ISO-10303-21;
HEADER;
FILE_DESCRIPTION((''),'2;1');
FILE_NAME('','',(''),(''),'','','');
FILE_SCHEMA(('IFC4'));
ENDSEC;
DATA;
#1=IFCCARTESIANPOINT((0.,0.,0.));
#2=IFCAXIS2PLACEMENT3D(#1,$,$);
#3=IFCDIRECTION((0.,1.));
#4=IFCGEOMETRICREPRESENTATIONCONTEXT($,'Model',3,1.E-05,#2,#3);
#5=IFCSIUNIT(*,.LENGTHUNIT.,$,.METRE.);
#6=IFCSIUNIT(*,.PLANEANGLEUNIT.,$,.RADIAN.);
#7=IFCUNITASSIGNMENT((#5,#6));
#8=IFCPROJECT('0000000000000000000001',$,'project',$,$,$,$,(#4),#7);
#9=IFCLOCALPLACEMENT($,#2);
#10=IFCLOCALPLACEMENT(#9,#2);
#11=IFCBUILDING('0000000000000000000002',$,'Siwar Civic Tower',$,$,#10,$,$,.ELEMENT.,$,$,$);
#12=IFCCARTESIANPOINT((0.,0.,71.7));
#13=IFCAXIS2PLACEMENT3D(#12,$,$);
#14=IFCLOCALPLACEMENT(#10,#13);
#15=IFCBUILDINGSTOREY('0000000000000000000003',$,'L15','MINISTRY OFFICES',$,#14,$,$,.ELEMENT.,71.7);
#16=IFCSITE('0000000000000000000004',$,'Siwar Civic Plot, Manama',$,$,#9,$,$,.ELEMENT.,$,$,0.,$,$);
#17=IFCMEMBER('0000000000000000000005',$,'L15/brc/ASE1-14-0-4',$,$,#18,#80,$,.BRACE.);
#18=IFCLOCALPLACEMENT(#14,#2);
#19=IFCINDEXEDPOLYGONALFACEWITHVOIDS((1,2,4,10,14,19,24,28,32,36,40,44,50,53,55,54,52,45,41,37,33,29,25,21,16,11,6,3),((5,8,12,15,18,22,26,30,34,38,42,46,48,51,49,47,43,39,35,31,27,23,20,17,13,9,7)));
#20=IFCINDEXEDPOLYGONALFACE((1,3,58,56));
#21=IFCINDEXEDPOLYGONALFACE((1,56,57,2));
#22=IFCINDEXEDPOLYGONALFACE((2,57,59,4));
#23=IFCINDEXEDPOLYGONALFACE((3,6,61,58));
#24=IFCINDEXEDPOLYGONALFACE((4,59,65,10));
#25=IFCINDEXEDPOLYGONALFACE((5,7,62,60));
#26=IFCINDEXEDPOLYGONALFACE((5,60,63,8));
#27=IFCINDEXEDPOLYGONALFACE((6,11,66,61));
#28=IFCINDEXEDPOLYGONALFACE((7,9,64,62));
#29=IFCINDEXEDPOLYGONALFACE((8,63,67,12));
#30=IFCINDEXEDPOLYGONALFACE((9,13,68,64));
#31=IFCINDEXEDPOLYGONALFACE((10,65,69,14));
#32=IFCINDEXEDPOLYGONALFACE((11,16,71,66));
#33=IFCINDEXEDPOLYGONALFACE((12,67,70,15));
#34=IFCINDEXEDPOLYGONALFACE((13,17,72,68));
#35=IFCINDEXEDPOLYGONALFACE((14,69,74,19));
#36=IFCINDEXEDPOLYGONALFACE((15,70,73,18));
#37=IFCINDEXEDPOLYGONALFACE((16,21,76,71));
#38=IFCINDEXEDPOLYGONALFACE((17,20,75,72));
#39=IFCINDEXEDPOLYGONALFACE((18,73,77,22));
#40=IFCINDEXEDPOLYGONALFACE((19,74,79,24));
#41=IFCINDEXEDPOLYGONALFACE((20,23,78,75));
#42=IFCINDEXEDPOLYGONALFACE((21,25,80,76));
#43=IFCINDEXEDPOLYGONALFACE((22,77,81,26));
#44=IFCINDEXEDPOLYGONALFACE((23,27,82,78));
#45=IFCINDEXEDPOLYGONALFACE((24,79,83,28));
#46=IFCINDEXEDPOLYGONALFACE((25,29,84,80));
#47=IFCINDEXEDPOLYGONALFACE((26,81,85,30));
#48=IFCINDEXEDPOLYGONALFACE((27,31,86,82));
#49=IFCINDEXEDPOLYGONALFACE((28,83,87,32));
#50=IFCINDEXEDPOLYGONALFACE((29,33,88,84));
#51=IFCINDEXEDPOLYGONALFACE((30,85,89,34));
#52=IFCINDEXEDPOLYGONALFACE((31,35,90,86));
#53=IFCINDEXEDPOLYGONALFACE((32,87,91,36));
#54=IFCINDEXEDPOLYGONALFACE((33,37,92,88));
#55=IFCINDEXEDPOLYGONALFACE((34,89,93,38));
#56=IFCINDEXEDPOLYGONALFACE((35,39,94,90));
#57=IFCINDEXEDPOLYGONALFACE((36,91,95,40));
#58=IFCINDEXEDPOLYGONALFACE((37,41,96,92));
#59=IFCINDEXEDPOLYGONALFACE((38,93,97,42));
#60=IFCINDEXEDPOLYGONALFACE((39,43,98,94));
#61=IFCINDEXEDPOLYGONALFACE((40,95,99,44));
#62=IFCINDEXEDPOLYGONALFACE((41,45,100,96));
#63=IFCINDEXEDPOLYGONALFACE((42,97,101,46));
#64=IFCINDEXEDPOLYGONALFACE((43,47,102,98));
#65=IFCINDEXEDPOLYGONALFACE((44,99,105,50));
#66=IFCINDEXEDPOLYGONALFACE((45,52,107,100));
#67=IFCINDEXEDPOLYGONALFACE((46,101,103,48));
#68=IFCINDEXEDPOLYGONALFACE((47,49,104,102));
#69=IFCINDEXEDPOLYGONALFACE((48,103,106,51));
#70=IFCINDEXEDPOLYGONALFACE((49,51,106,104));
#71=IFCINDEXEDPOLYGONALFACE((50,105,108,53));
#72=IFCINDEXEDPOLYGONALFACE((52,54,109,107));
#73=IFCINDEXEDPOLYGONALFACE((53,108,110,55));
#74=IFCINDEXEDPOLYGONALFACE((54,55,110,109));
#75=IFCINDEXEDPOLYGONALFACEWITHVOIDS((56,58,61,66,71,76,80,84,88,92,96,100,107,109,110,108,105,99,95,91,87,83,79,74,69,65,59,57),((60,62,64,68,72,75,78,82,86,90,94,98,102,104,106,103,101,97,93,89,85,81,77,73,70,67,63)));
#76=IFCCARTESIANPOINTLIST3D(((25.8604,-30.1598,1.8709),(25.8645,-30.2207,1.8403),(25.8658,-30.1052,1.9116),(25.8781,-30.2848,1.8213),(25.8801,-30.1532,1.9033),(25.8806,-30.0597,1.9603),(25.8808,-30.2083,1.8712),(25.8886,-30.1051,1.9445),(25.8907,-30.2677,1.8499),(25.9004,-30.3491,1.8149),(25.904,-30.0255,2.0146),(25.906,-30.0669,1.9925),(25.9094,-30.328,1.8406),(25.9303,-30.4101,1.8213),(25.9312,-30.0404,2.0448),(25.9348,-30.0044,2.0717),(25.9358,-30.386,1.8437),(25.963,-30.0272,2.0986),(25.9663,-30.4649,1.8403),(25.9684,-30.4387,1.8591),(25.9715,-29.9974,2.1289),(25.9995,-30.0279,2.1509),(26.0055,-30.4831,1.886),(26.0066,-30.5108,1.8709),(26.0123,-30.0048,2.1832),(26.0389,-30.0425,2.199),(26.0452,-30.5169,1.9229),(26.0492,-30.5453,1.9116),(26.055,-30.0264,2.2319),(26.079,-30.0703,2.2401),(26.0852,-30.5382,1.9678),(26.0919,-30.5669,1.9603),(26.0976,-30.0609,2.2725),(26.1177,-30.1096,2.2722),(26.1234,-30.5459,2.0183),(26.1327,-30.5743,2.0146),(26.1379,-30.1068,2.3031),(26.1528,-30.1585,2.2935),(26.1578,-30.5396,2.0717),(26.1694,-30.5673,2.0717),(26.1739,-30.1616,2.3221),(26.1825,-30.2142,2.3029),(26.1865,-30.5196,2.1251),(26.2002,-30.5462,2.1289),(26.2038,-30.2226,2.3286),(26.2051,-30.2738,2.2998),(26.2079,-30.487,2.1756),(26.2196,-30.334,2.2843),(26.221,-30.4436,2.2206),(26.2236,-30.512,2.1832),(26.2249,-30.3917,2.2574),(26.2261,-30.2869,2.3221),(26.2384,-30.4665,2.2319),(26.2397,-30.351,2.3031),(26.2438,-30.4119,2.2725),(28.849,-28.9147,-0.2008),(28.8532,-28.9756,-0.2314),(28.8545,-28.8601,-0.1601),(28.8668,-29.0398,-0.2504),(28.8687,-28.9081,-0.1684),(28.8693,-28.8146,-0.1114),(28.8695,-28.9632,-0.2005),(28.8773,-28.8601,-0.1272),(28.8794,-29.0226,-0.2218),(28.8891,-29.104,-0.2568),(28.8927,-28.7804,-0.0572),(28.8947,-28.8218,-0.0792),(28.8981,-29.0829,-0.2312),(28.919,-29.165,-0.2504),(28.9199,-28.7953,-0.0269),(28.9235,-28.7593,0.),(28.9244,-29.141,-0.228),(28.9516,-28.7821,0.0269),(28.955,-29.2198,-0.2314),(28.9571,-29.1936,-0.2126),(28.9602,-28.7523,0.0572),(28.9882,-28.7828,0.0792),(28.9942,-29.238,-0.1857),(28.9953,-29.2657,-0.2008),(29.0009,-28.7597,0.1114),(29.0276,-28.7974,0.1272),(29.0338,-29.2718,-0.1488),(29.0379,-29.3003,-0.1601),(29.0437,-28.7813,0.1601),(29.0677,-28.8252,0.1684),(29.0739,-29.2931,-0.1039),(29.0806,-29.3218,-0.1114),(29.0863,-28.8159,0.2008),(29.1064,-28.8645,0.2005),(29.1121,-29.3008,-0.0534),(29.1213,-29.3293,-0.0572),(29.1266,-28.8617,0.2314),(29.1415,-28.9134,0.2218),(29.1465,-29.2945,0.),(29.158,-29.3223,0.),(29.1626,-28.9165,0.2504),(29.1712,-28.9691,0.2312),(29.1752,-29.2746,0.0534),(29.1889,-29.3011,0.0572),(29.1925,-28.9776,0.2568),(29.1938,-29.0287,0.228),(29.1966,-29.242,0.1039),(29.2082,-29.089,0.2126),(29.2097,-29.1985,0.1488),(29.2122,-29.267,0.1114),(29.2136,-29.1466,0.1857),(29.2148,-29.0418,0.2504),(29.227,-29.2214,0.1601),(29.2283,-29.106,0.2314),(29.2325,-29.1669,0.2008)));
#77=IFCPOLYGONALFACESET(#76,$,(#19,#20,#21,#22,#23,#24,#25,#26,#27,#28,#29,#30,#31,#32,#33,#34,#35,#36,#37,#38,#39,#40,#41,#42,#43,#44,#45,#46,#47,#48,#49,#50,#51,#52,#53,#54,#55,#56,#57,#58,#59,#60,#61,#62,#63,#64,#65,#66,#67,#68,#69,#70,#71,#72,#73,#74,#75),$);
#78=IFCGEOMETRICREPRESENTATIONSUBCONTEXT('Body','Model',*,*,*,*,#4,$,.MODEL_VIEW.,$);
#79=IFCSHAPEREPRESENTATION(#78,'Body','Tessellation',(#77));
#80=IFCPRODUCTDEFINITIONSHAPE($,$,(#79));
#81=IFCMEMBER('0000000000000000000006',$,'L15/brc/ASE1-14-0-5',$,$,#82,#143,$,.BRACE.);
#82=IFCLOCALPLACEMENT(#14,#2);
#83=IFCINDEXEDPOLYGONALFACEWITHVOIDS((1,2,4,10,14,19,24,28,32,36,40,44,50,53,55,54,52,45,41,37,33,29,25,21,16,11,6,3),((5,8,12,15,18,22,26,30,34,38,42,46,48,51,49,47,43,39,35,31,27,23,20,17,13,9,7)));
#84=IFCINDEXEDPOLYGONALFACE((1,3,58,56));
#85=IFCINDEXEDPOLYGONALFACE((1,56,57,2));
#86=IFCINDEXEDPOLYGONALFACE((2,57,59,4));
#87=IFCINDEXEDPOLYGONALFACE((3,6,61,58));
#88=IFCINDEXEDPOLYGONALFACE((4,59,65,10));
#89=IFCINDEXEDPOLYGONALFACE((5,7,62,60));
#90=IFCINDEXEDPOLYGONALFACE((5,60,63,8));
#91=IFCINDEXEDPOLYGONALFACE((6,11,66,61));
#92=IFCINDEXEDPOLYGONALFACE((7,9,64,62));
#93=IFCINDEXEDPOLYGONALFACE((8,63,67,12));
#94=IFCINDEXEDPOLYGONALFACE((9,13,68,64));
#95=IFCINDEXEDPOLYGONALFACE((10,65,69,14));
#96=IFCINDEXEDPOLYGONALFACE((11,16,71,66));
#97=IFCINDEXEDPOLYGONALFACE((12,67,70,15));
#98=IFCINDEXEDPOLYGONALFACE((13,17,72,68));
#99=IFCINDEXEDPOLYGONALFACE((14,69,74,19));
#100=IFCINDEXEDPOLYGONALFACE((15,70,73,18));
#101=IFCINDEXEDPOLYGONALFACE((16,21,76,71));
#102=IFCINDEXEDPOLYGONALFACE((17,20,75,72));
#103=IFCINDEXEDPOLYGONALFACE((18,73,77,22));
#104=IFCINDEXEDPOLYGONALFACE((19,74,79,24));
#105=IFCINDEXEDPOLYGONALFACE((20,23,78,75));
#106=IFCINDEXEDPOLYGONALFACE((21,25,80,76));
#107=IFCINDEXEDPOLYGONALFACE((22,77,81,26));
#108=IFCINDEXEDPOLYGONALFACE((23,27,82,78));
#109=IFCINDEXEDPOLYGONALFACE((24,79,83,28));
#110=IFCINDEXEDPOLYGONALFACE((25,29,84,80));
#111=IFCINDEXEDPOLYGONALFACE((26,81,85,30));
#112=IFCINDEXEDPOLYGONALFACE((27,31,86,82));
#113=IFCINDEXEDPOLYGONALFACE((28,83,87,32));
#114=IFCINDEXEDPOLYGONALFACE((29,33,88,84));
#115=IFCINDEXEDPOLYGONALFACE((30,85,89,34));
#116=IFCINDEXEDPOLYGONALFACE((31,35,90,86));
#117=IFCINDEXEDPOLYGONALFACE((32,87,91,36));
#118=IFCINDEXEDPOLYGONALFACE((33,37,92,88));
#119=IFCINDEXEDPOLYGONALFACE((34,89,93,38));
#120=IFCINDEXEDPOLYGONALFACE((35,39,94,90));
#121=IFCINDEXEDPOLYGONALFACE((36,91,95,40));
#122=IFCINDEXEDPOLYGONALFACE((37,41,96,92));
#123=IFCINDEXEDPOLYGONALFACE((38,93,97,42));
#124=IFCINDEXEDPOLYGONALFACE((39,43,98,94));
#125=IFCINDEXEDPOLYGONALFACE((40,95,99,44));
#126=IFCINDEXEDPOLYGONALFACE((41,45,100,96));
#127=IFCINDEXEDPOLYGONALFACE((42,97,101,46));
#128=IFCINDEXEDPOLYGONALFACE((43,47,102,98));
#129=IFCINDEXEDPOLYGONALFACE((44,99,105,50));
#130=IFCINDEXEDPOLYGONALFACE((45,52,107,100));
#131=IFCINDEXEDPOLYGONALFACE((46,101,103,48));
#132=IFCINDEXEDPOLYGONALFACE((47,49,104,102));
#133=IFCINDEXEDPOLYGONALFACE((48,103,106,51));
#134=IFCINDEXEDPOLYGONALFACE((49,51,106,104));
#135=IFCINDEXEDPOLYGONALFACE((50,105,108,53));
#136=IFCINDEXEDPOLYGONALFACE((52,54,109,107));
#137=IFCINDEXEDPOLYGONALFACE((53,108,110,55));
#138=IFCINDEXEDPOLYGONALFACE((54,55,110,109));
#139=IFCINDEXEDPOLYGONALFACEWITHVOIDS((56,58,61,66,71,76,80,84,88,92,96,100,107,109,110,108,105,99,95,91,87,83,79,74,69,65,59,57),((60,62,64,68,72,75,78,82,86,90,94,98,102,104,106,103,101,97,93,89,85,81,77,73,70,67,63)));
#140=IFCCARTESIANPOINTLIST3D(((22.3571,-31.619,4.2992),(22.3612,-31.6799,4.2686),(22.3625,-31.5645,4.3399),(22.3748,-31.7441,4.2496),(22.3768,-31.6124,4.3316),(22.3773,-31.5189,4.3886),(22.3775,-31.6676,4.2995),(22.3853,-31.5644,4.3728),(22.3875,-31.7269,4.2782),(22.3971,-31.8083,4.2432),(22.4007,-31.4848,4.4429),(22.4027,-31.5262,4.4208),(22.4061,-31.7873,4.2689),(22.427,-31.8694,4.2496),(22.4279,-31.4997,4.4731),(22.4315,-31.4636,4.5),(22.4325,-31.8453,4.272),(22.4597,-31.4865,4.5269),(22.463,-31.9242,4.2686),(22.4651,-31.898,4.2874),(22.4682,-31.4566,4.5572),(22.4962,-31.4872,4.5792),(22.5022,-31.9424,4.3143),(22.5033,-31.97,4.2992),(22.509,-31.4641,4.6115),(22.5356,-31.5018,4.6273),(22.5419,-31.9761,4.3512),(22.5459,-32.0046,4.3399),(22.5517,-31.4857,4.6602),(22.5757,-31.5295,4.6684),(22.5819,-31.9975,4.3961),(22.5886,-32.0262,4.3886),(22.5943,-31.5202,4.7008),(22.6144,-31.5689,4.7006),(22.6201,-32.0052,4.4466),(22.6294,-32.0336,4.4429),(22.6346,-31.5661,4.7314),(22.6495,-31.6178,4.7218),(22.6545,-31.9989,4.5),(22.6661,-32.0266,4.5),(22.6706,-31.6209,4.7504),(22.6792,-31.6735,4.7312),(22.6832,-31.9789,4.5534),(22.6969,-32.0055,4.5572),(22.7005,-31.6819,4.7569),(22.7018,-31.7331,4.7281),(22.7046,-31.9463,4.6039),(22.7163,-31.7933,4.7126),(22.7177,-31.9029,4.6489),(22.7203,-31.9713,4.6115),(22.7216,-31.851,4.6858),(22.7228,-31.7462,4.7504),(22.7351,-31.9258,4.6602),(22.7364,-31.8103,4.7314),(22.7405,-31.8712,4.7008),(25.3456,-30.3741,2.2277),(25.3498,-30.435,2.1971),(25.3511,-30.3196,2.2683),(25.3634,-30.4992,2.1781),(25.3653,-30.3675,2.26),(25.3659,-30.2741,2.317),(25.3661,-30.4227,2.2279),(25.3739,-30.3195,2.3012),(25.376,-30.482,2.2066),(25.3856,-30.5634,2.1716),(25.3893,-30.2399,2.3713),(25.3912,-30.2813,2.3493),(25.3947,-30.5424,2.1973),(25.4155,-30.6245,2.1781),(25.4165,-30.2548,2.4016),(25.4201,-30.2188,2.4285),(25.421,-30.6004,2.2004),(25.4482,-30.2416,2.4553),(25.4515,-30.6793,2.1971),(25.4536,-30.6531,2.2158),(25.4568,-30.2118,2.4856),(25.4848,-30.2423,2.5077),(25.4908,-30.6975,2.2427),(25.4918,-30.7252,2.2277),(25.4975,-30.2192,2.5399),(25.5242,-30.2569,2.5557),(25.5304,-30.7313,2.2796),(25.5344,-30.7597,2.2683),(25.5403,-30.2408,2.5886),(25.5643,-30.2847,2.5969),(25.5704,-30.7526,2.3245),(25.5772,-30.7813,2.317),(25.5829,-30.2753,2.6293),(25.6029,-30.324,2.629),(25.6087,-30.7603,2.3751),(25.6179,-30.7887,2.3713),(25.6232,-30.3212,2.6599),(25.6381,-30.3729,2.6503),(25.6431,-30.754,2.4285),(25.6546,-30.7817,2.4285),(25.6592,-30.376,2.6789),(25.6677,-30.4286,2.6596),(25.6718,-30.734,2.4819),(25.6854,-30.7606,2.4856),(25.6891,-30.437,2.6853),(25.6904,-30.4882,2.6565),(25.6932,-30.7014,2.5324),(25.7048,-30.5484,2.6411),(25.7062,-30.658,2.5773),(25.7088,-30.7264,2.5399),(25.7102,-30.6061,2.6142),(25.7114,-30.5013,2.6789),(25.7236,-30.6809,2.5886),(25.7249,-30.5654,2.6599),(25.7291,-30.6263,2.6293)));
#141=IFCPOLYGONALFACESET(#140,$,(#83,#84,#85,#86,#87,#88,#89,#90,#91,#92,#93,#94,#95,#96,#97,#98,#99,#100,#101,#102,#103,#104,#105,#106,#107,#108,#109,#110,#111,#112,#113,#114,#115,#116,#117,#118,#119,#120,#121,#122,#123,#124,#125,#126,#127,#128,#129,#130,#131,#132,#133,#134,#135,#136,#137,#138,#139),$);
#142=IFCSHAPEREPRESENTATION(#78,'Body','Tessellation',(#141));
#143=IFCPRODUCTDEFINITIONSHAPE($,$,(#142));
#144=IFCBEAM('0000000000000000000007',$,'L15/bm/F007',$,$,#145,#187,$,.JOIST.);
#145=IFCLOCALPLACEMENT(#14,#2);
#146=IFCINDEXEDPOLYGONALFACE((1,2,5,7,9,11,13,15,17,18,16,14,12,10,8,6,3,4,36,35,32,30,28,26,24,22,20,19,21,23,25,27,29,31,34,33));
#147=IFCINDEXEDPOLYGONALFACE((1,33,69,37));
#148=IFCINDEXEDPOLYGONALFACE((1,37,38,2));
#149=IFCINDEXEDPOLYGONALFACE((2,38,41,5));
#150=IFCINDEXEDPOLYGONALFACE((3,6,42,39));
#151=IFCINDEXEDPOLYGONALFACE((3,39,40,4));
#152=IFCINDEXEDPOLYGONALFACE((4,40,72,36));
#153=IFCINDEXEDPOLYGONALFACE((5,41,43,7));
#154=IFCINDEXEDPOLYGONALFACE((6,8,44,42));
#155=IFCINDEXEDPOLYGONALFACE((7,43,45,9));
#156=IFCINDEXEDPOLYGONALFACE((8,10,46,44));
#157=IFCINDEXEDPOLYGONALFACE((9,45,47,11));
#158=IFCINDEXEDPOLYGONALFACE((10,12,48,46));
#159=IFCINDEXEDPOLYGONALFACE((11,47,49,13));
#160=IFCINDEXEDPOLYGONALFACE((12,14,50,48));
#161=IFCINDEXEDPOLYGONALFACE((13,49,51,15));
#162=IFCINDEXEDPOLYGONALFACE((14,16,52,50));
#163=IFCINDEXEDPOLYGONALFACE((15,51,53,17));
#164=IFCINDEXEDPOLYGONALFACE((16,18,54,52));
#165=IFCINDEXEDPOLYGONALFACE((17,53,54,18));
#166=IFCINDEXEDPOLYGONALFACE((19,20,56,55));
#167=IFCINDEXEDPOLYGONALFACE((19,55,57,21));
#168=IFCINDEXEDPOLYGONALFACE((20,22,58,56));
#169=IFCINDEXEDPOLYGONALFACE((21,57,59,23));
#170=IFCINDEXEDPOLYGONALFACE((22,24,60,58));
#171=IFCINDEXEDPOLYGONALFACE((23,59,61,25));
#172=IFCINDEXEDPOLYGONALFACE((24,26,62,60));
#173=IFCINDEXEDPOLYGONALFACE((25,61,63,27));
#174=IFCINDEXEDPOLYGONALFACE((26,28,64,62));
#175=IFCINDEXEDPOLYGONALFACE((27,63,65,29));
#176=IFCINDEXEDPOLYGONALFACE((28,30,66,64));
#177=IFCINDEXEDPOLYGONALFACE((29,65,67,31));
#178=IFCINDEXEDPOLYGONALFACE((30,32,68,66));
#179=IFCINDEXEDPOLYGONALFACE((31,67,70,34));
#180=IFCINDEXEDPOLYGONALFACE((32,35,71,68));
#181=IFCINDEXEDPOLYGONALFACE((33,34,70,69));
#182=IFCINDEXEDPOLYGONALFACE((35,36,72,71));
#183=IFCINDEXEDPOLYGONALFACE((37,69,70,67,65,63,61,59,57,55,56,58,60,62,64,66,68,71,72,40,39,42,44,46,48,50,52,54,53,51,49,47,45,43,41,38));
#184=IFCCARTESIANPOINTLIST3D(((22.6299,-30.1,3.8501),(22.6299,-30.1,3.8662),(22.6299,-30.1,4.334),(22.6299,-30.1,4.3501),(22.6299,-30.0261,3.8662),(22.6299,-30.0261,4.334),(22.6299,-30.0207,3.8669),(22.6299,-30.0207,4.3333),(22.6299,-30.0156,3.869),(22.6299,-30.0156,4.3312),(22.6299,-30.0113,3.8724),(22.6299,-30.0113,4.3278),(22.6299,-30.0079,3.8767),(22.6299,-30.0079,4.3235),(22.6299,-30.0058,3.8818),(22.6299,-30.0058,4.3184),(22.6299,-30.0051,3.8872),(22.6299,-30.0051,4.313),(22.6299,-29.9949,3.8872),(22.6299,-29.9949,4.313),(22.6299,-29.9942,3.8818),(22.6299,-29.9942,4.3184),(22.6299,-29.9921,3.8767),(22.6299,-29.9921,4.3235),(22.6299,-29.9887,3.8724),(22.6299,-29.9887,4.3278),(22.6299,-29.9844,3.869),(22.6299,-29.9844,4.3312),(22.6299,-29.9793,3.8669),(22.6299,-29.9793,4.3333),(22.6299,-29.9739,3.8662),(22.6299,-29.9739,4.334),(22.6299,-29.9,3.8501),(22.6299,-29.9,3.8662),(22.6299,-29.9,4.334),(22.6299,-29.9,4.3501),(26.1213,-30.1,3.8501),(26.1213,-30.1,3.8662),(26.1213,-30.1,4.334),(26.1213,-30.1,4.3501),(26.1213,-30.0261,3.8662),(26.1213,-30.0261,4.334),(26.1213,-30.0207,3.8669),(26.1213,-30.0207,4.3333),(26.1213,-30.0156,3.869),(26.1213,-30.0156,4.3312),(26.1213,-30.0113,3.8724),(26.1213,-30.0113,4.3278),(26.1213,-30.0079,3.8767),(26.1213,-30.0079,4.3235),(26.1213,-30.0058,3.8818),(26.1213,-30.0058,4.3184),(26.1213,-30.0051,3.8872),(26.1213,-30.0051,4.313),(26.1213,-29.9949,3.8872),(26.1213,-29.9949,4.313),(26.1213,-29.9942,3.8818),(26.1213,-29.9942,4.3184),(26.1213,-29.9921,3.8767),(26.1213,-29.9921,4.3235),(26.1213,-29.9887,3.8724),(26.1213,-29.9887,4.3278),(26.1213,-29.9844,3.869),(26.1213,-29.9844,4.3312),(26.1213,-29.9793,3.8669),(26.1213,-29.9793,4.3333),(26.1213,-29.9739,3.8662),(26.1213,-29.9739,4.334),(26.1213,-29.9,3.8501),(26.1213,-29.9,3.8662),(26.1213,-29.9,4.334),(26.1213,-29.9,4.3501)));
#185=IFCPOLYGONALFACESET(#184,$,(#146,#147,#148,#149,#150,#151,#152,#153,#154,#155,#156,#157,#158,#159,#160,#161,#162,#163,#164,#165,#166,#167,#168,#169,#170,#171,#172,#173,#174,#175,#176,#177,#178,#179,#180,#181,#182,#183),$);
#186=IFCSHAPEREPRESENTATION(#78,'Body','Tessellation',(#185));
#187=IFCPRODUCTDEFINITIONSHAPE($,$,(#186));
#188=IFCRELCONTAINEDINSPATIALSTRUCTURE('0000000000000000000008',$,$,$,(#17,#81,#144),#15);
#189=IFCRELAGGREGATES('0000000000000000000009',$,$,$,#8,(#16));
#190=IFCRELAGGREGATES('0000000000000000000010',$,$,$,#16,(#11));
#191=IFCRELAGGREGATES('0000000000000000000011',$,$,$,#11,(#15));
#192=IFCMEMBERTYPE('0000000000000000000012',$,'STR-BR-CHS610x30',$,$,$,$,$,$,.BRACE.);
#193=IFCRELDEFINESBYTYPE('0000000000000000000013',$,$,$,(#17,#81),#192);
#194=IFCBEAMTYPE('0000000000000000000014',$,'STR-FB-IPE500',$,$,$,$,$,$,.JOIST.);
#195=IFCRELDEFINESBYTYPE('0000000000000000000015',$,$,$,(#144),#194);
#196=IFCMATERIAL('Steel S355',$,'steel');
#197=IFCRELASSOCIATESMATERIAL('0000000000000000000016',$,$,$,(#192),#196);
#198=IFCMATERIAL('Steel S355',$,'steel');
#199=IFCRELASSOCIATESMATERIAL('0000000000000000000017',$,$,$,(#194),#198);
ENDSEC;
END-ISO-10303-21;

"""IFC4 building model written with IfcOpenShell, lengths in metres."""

from ifc_helpers import new_model, si_unit, direction, frame, origin, origin_2d, place, context, subcontext, project, spatial, hollow_circle, i_section, extrude, material, material_profile, profile_set, type_object, element, save


model = new_model("IFC4")

# Units and contexts
model_context = context("Model", 3, precision=1e-05, world=origin(), true_north=direction((0.0, 1.0)))
body_context = subcontext(model_context, "Body", "Model", "MODEL_VIEW")
ifc_project = project(units=[si_unit("LENGTHUNIT", "METRE"), si_unit("PLANEANGLEUNIT", "RADIAN")], contexts=[model_context])

# Site, building, storey
site_placement = place(None, origin())
site = spatial("IfcSite", under=ifc_project, at=site_placement, Name="Siwar Civic Plot, Manama", CompositionType="ELEMENT", RefElevation=0.0)
building_placement = place(site_placement, origin())
building = spatial("IfcBuilding", under=site, at=building_placement, Name="Siwar Civic Tower", CompositionType="ELEMENT")
storey_placement = place(building_placement, frame((0.0, 0.0, 71.7)))
storey = spatial("IfcBuildingStorey", under=building, at=storey_placement, Name="L15", Description="MINISTRY OFFICES", CompositionType="ELEMENT", Elevation=71.7)

# Members
ifc_material_1 = material(Name="Steel S355", Category="steel")
ifc_material_profile_1 = material_profile(ifc_material_1, hollow_circle(Radius=0.3049, WallThickness=0.03, at=origin_2d()), Name="CHS610x30")
ifc_profile_set_1 = profile_set([ifc_material_profile_1], Name="Steel S355")
member_type_1 = type_object("IfcMemberType", Name="STR-BR-CHS610x30", PredefinedType="BRACE", material=ifc_profile_set_1)
member_1_placement = place(storey_placement, frame((29.0408, -29.0408, 0.0), z_axis=(-0.777542, -0.323923, 0.538982), x_axis=(0.384562, -0.923099, 0.0)))
element("IfcMember", 1, at=member_1_placement, inside=storey, type_object=member_type_1, Name="L15/brc/ASE1-14-0-4", PredefinedType="BRACE", context=body_context, shape_type="SweptSolid", body=[
    extrude(hollow_circle(Radius=0.3049, WallThickness=0.03, at=origin_2d()), origin(), (0.0, 0.0, 1.0), 3.8438),
])
member_2_placement = place(storey_placement, frame((25.5374, -30.5002, 2.4285), z_axis=(-0.77756, -0.323893, 0.538975), x_axis=(0.384524, -0.923115, 0.0)))
element("IfcMember", 2, at=member_2_placement, inside=storey, type_object=member_type_1, Name="L15/brc/ASE1-14-0-5", PredefinedType="BRACE", context=body_context, shape_type="SweptSolid", body=[
    extrude(hollow_circle(Radius=0.3049, WallThickness=0.03, at=origin_2d()), origin(), (0.0, 0.0, 1.0), 3.8435),
])

# Beam
ifc_material_2 = material(Name="Steel S355", Category="steel")
ifc_material_profile_2 = material_profile(ifc_material_2, i_section(OverallWidth=0.2, OverallDepth=0.5, WebThickness=0.0103, FlangeThickness=0.0161, FilletRadius=0.021, at=origin_2d()), Name="IPE500")
ifc_profile_set_2 = profile_set([ifc_material_profile_2], Name="Steel S355")
beam_type_1 = type_object("IfcBeamType", Name="STR-FB-IPE500", PredefinedType="JOIST", material=ifc_profile_set_2)
beam_1_placement = place(storey_placement, frame((22.6299, -30.0, 4.1001), z_axis=(1.0, 0.0, 0.0), x_axis=(0.0, 1.0, 0.0)))
element("IfcBeam", 3, at=beam_1_placement, inside=storey, type_object=beam_type_1, Name="L15/bm/F007", PredefinedType="JOIST", context=body_context, shape_type="SweptSolid", body=[
    extrude(i_section(OverallWidth=0.2, OverallDepth=0.5, WebThickness=0.0103, FlangeThickness=0.0161, FilletRadius=0.021, at=origin_2d()), origin(), (0.0, 0.0, 1.0), 3.4915),
])

save(model, "model.ifc")
